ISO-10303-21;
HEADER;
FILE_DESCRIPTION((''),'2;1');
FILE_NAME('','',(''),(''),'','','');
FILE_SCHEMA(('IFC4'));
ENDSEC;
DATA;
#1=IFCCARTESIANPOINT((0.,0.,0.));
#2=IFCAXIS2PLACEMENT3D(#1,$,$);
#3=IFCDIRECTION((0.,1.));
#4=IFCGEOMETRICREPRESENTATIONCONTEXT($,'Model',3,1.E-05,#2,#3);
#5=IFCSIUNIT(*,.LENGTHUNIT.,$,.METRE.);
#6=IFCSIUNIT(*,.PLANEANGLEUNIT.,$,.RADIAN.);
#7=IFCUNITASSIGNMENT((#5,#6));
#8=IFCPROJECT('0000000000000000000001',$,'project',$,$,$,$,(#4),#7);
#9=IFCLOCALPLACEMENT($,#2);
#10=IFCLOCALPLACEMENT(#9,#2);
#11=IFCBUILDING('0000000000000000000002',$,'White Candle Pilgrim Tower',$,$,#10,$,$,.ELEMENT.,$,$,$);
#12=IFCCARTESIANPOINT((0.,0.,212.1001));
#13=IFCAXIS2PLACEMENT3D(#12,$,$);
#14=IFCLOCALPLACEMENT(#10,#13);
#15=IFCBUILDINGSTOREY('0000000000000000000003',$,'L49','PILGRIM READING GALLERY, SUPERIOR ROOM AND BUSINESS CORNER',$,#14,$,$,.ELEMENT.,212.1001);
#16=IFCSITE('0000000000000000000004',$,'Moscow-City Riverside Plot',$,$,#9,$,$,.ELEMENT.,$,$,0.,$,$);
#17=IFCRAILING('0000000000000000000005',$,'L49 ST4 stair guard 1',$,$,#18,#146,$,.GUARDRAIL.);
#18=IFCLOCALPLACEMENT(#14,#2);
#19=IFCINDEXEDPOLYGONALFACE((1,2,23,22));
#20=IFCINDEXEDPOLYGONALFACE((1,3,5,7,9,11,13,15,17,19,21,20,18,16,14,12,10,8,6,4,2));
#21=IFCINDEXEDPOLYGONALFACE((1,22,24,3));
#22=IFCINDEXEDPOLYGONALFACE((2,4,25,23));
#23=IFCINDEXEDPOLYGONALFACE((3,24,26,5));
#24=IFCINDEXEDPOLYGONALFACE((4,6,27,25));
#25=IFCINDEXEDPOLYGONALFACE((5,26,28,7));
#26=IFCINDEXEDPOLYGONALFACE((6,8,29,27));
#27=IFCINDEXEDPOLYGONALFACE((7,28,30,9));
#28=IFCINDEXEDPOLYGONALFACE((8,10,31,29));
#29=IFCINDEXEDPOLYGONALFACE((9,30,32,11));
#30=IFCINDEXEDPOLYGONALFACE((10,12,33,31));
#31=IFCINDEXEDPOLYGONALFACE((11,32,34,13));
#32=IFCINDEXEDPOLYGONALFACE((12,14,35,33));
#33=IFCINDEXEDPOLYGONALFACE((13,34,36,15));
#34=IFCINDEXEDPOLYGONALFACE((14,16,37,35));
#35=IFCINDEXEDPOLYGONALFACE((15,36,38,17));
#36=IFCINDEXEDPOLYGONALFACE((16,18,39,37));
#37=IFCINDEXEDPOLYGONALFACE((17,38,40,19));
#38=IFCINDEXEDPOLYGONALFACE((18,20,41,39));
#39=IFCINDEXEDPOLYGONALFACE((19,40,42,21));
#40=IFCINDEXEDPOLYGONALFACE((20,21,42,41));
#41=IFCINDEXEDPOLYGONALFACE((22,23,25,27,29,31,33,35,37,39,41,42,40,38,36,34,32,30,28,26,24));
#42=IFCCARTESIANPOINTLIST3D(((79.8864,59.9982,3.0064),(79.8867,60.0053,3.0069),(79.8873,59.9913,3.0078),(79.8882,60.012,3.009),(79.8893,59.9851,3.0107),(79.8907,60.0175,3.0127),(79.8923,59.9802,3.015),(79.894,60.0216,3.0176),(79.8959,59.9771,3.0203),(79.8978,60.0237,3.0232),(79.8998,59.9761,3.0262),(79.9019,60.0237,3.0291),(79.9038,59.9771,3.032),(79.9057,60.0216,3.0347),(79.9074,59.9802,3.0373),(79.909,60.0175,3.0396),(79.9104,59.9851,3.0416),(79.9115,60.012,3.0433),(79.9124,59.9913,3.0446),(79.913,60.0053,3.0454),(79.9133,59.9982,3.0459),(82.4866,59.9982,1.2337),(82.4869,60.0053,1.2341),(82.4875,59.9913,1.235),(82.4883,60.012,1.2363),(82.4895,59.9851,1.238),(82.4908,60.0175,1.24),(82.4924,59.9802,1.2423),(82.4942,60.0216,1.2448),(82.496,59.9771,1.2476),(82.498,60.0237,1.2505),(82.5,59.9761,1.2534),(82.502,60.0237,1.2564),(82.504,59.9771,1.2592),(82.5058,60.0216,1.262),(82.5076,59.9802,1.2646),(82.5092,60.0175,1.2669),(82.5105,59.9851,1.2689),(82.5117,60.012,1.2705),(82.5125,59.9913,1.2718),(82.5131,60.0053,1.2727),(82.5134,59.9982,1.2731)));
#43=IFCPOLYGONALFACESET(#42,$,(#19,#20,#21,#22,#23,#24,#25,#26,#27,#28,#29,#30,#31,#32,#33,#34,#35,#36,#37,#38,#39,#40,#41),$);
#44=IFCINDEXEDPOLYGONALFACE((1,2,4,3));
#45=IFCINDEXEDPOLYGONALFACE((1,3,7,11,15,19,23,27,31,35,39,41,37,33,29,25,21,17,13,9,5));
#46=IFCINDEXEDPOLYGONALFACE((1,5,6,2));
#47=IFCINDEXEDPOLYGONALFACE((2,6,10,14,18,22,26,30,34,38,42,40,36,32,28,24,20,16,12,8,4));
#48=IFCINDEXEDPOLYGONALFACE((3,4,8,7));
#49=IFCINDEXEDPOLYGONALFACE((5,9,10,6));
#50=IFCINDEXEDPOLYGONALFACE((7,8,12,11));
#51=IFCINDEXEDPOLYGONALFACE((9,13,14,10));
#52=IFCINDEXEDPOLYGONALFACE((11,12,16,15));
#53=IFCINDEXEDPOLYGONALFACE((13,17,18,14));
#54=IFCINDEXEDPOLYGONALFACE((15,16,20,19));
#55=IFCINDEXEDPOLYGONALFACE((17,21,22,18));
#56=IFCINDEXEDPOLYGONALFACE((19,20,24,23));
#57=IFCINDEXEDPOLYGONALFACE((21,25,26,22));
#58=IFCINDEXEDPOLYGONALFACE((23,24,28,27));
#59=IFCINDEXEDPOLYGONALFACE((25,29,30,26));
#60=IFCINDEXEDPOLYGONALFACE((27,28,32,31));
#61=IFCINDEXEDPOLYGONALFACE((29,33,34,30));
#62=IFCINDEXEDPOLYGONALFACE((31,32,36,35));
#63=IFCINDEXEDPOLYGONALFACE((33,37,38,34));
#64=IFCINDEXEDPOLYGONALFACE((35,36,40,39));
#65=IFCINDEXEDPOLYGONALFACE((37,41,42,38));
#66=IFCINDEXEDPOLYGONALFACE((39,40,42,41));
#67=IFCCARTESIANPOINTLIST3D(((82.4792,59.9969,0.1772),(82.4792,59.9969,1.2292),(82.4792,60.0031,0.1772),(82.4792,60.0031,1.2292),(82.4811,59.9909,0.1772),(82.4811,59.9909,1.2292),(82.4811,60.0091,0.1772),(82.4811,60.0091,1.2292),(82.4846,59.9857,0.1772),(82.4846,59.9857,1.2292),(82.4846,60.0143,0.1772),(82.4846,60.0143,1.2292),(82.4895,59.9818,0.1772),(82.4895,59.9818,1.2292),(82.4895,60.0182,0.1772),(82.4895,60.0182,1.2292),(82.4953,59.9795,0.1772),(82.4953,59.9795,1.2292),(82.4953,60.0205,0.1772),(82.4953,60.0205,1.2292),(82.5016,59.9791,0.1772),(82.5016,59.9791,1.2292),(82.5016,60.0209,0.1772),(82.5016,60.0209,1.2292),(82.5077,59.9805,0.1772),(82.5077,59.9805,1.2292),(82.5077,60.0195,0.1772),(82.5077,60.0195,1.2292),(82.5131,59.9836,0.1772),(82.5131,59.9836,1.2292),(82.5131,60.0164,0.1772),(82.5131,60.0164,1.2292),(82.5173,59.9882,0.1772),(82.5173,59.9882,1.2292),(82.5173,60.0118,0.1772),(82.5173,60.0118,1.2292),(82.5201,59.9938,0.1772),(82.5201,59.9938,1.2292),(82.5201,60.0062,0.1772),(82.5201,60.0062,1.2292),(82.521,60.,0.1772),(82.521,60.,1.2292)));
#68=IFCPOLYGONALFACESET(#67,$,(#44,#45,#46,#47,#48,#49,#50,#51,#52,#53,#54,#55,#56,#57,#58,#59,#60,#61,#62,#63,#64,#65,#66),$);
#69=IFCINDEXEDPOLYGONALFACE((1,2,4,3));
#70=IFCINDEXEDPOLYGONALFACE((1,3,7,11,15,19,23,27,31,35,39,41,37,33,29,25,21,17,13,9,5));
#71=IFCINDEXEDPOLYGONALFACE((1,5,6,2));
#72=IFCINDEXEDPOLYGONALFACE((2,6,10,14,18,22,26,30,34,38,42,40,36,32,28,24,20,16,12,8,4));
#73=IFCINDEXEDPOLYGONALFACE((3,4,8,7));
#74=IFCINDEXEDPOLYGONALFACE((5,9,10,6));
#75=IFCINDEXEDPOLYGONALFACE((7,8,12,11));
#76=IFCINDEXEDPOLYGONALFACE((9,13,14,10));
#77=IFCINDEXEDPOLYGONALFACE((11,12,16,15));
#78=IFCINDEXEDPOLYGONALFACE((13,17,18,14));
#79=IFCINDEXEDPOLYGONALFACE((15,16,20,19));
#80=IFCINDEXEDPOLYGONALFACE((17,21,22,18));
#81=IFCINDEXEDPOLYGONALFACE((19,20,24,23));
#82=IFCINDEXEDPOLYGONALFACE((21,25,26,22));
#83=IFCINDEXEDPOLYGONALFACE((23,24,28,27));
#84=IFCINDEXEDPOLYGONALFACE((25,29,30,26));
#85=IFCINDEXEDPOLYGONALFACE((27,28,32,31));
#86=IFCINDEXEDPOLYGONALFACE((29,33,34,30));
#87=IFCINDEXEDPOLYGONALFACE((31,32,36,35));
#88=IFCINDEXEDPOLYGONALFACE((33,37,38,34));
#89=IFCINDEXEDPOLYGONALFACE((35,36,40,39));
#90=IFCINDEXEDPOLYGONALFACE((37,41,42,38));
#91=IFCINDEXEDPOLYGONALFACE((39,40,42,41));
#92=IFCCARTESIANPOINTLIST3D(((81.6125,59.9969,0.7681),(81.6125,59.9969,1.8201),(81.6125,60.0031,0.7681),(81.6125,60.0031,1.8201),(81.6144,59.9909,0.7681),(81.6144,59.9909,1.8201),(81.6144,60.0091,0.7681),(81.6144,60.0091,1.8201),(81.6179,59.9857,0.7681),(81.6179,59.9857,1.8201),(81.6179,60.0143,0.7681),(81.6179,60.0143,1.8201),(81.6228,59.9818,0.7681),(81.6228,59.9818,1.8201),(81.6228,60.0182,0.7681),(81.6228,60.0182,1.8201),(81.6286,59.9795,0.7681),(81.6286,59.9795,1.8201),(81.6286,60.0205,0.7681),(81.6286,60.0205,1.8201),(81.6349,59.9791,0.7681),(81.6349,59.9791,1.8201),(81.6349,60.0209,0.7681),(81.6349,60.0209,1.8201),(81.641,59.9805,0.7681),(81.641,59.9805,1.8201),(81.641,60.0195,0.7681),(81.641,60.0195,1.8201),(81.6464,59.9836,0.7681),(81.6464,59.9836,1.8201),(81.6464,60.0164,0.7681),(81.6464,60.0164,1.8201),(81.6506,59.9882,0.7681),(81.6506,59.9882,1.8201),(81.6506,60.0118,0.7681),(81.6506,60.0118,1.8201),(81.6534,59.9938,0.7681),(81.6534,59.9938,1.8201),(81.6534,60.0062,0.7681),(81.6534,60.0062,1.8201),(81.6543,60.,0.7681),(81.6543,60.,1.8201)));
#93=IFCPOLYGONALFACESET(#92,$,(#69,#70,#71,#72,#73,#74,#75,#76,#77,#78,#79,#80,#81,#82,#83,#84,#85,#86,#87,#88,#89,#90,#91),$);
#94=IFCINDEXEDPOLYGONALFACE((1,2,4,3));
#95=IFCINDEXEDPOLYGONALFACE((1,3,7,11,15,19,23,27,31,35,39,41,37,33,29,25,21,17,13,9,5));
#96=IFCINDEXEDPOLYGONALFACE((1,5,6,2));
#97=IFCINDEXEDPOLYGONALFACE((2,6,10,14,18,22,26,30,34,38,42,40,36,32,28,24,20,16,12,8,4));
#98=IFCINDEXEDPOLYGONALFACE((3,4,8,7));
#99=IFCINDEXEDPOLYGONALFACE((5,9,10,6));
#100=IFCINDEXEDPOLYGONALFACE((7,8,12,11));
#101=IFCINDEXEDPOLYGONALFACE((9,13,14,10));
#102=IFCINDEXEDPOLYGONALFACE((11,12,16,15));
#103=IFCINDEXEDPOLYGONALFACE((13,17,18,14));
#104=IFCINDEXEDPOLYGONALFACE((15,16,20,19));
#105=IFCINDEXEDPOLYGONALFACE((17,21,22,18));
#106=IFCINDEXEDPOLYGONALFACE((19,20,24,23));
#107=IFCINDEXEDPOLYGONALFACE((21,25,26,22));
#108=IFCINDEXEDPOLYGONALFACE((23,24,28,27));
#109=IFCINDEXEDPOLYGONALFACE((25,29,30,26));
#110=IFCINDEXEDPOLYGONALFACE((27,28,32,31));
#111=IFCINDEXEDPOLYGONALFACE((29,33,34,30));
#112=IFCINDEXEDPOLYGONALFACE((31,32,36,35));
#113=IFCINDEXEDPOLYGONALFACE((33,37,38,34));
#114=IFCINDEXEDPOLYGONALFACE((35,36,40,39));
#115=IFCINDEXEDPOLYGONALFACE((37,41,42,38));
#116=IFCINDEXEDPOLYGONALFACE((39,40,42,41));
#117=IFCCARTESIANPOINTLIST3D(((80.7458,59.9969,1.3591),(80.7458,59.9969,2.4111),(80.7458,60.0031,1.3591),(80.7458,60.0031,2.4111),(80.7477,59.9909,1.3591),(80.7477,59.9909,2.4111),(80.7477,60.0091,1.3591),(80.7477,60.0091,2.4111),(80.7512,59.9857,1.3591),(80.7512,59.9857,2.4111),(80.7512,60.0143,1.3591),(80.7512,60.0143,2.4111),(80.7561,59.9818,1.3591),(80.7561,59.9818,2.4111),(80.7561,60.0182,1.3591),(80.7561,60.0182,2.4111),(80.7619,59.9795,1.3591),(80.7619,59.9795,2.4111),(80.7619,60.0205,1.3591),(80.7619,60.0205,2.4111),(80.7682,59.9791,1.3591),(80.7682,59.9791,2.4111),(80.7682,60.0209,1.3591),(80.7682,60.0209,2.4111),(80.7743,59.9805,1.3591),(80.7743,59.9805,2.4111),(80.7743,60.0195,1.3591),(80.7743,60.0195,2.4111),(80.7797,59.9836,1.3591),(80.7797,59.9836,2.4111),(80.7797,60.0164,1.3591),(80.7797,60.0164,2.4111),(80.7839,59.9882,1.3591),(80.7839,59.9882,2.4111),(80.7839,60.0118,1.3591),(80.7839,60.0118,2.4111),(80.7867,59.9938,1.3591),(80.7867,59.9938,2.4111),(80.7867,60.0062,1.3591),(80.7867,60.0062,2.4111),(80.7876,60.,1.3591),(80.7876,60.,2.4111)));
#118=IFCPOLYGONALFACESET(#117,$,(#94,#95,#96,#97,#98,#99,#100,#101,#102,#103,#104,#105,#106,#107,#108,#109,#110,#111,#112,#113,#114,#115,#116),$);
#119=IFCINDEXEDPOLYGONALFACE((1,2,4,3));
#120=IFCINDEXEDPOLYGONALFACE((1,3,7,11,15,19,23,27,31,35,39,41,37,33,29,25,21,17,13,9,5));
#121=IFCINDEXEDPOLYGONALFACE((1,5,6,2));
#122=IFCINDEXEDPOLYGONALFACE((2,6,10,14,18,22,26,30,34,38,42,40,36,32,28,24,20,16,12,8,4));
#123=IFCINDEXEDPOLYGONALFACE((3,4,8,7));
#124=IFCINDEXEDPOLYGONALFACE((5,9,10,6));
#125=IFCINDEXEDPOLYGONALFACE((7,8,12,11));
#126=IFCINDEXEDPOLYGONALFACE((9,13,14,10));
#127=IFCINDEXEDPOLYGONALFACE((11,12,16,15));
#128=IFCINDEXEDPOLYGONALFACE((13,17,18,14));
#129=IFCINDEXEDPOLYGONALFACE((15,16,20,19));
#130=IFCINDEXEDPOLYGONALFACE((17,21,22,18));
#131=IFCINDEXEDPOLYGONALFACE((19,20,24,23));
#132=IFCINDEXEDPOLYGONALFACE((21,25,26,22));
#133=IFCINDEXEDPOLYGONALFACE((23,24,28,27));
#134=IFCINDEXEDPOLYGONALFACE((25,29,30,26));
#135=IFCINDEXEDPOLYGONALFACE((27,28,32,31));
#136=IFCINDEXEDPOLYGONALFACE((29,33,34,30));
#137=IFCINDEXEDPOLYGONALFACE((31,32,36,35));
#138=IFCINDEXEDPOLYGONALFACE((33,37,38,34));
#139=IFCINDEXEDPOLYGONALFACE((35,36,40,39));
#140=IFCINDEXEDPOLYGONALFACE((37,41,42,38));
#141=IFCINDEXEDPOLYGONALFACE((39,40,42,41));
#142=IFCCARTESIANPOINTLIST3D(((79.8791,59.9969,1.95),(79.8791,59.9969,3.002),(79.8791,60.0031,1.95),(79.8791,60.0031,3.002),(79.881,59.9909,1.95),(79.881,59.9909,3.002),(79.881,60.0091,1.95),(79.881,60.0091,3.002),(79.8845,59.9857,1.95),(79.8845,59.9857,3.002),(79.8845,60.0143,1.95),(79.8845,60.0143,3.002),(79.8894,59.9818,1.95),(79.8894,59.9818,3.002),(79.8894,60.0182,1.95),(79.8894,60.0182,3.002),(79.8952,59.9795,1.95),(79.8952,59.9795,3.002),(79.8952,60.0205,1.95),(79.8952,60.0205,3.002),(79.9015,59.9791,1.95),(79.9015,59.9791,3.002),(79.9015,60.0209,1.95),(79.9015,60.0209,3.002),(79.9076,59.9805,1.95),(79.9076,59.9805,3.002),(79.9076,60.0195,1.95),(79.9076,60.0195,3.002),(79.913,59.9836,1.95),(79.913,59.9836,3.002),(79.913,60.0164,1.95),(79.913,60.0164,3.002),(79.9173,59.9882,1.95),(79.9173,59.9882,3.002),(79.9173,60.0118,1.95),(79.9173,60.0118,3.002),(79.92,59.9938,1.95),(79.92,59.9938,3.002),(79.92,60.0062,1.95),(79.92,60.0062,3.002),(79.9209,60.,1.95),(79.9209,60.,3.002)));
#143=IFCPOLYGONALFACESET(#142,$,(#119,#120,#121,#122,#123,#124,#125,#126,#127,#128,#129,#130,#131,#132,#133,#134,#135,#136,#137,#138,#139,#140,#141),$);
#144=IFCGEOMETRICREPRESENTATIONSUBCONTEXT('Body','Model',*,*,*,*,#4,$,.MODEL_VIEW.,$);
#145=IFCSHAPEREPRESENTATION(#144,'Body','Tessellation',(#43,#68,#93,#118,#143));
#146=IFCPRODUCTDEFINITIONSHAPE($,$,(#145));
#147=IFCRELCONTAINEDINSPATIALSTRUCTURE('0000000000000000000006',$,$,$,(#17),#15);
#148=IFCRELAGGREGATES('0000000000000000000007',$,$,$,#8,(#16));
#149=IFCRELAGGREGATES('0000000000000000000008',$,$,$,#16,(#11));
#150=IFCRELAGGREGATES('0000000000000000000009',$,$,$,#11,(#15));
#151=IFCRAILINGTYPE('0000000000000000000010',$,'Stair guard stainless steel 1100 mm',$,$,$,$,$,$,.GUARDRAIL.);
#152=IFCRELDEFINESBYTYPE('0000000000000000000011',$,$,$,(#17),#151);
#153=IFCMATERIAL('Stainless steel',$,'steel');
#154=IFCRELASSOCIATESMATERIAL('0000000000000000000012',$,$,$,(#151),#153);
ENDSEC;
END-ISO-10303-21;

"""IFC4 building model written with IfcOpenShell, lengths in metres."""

from ifc_helpers import new_model, si_unit, direction, frame, origin, origin_2d, place, context, subcontext, project, spatial, circle, extrude, material, type_object, element, save


model = new_model("IFC4")

# Units and contexts
model_context = context("Model", 3, precision=1e-05, world=origin(), true_north=direction((0.0, 1.0)))
body_context = subcontext(model_context, "Body", "Model", "MODEL_VIEW")
ifc_project = project(units=[si_unit("LENGTHUNIT", "METRE"), si_unit("PLANEANGLEUNIT", "RADIAN")], contexts=[model_context])

# Site, building, storey
site_placement = place(None, origin())
site = spatial("IfcSite", under=ifc_project, at=site_placement, Name="Moscow-City Riverside Plot", CompositionType="ELEMENT", RefElevation=0.0)
building_placement = place(site_placement, origin())
building = spatial("IfcBuilding", under=site, at=building_placement, Name="White Candle Pilgrim Tower", CompositionType="ELEMENT")
storey_placement = place(building_placement, frame((0.0, 0.0, 212.1001)))
storey = spatial("IfcBuildingStorey", under=building, at=storey_placement, Name="L49", Description="PILGRIM READING GALLERY, SUPERIOR ROOM AND BUSINESS CORNER", CompositionType="ELEMENT", Elevation=212.1001)

# Railing
ifc_material_1 = material(Name="Stainless steel", Category="steel")
railing_type_1 = type_object("IfcRailingType", Name="Stair guard stainless steel 1100 mm", PredefinedType="GUARDRAIL", material=ifc_material_1)
railing_1_placement = place(storey_placement, frame((82.5, 60.0, 0.1772)))
element("IfcRailing", 1, at=railing_1_placement, inside=storey, type_object=railing_type_1, Name="L49 ST4 stair guard 1", PredefinedType="GUARDRAIL", context=body_context, shape_type="SweptSolid", body=[
    extrude(circle(Radius=0.0239, at=origin_2d()), frame((0.0, 0.0, 1.0762), z_axis=(-0.82624, 0.0, 0.563318), x_axis=(0.0, -1.0, 0.0)), (0.0, 0.0, 1.0), 3.147),
    extrude(circle(Radius=0.021, at=origin_2d()), origin(), (0.0, 0.0, 1.0), 1.052),
    extrude(circle(Radius=0.021, at=origin_2d()), frame((-0.8667, 0.0, 0.5908)), (0.0, 0.0, 1.0), 1.052),
    extrude(circle(Radius=0.021, at=origin_2d()), frame((-1.7334, 0.0, 1.1819)), (0.0, 0.0, 1.0), 1.052),
    extrude(circle(Radius=0.021, at=origin_2d()), frame((-2.6001, 0.0, 1.7727)), (0.0, 0.0, 1.0), 1.052),
])

save(model, "model.ifc")
